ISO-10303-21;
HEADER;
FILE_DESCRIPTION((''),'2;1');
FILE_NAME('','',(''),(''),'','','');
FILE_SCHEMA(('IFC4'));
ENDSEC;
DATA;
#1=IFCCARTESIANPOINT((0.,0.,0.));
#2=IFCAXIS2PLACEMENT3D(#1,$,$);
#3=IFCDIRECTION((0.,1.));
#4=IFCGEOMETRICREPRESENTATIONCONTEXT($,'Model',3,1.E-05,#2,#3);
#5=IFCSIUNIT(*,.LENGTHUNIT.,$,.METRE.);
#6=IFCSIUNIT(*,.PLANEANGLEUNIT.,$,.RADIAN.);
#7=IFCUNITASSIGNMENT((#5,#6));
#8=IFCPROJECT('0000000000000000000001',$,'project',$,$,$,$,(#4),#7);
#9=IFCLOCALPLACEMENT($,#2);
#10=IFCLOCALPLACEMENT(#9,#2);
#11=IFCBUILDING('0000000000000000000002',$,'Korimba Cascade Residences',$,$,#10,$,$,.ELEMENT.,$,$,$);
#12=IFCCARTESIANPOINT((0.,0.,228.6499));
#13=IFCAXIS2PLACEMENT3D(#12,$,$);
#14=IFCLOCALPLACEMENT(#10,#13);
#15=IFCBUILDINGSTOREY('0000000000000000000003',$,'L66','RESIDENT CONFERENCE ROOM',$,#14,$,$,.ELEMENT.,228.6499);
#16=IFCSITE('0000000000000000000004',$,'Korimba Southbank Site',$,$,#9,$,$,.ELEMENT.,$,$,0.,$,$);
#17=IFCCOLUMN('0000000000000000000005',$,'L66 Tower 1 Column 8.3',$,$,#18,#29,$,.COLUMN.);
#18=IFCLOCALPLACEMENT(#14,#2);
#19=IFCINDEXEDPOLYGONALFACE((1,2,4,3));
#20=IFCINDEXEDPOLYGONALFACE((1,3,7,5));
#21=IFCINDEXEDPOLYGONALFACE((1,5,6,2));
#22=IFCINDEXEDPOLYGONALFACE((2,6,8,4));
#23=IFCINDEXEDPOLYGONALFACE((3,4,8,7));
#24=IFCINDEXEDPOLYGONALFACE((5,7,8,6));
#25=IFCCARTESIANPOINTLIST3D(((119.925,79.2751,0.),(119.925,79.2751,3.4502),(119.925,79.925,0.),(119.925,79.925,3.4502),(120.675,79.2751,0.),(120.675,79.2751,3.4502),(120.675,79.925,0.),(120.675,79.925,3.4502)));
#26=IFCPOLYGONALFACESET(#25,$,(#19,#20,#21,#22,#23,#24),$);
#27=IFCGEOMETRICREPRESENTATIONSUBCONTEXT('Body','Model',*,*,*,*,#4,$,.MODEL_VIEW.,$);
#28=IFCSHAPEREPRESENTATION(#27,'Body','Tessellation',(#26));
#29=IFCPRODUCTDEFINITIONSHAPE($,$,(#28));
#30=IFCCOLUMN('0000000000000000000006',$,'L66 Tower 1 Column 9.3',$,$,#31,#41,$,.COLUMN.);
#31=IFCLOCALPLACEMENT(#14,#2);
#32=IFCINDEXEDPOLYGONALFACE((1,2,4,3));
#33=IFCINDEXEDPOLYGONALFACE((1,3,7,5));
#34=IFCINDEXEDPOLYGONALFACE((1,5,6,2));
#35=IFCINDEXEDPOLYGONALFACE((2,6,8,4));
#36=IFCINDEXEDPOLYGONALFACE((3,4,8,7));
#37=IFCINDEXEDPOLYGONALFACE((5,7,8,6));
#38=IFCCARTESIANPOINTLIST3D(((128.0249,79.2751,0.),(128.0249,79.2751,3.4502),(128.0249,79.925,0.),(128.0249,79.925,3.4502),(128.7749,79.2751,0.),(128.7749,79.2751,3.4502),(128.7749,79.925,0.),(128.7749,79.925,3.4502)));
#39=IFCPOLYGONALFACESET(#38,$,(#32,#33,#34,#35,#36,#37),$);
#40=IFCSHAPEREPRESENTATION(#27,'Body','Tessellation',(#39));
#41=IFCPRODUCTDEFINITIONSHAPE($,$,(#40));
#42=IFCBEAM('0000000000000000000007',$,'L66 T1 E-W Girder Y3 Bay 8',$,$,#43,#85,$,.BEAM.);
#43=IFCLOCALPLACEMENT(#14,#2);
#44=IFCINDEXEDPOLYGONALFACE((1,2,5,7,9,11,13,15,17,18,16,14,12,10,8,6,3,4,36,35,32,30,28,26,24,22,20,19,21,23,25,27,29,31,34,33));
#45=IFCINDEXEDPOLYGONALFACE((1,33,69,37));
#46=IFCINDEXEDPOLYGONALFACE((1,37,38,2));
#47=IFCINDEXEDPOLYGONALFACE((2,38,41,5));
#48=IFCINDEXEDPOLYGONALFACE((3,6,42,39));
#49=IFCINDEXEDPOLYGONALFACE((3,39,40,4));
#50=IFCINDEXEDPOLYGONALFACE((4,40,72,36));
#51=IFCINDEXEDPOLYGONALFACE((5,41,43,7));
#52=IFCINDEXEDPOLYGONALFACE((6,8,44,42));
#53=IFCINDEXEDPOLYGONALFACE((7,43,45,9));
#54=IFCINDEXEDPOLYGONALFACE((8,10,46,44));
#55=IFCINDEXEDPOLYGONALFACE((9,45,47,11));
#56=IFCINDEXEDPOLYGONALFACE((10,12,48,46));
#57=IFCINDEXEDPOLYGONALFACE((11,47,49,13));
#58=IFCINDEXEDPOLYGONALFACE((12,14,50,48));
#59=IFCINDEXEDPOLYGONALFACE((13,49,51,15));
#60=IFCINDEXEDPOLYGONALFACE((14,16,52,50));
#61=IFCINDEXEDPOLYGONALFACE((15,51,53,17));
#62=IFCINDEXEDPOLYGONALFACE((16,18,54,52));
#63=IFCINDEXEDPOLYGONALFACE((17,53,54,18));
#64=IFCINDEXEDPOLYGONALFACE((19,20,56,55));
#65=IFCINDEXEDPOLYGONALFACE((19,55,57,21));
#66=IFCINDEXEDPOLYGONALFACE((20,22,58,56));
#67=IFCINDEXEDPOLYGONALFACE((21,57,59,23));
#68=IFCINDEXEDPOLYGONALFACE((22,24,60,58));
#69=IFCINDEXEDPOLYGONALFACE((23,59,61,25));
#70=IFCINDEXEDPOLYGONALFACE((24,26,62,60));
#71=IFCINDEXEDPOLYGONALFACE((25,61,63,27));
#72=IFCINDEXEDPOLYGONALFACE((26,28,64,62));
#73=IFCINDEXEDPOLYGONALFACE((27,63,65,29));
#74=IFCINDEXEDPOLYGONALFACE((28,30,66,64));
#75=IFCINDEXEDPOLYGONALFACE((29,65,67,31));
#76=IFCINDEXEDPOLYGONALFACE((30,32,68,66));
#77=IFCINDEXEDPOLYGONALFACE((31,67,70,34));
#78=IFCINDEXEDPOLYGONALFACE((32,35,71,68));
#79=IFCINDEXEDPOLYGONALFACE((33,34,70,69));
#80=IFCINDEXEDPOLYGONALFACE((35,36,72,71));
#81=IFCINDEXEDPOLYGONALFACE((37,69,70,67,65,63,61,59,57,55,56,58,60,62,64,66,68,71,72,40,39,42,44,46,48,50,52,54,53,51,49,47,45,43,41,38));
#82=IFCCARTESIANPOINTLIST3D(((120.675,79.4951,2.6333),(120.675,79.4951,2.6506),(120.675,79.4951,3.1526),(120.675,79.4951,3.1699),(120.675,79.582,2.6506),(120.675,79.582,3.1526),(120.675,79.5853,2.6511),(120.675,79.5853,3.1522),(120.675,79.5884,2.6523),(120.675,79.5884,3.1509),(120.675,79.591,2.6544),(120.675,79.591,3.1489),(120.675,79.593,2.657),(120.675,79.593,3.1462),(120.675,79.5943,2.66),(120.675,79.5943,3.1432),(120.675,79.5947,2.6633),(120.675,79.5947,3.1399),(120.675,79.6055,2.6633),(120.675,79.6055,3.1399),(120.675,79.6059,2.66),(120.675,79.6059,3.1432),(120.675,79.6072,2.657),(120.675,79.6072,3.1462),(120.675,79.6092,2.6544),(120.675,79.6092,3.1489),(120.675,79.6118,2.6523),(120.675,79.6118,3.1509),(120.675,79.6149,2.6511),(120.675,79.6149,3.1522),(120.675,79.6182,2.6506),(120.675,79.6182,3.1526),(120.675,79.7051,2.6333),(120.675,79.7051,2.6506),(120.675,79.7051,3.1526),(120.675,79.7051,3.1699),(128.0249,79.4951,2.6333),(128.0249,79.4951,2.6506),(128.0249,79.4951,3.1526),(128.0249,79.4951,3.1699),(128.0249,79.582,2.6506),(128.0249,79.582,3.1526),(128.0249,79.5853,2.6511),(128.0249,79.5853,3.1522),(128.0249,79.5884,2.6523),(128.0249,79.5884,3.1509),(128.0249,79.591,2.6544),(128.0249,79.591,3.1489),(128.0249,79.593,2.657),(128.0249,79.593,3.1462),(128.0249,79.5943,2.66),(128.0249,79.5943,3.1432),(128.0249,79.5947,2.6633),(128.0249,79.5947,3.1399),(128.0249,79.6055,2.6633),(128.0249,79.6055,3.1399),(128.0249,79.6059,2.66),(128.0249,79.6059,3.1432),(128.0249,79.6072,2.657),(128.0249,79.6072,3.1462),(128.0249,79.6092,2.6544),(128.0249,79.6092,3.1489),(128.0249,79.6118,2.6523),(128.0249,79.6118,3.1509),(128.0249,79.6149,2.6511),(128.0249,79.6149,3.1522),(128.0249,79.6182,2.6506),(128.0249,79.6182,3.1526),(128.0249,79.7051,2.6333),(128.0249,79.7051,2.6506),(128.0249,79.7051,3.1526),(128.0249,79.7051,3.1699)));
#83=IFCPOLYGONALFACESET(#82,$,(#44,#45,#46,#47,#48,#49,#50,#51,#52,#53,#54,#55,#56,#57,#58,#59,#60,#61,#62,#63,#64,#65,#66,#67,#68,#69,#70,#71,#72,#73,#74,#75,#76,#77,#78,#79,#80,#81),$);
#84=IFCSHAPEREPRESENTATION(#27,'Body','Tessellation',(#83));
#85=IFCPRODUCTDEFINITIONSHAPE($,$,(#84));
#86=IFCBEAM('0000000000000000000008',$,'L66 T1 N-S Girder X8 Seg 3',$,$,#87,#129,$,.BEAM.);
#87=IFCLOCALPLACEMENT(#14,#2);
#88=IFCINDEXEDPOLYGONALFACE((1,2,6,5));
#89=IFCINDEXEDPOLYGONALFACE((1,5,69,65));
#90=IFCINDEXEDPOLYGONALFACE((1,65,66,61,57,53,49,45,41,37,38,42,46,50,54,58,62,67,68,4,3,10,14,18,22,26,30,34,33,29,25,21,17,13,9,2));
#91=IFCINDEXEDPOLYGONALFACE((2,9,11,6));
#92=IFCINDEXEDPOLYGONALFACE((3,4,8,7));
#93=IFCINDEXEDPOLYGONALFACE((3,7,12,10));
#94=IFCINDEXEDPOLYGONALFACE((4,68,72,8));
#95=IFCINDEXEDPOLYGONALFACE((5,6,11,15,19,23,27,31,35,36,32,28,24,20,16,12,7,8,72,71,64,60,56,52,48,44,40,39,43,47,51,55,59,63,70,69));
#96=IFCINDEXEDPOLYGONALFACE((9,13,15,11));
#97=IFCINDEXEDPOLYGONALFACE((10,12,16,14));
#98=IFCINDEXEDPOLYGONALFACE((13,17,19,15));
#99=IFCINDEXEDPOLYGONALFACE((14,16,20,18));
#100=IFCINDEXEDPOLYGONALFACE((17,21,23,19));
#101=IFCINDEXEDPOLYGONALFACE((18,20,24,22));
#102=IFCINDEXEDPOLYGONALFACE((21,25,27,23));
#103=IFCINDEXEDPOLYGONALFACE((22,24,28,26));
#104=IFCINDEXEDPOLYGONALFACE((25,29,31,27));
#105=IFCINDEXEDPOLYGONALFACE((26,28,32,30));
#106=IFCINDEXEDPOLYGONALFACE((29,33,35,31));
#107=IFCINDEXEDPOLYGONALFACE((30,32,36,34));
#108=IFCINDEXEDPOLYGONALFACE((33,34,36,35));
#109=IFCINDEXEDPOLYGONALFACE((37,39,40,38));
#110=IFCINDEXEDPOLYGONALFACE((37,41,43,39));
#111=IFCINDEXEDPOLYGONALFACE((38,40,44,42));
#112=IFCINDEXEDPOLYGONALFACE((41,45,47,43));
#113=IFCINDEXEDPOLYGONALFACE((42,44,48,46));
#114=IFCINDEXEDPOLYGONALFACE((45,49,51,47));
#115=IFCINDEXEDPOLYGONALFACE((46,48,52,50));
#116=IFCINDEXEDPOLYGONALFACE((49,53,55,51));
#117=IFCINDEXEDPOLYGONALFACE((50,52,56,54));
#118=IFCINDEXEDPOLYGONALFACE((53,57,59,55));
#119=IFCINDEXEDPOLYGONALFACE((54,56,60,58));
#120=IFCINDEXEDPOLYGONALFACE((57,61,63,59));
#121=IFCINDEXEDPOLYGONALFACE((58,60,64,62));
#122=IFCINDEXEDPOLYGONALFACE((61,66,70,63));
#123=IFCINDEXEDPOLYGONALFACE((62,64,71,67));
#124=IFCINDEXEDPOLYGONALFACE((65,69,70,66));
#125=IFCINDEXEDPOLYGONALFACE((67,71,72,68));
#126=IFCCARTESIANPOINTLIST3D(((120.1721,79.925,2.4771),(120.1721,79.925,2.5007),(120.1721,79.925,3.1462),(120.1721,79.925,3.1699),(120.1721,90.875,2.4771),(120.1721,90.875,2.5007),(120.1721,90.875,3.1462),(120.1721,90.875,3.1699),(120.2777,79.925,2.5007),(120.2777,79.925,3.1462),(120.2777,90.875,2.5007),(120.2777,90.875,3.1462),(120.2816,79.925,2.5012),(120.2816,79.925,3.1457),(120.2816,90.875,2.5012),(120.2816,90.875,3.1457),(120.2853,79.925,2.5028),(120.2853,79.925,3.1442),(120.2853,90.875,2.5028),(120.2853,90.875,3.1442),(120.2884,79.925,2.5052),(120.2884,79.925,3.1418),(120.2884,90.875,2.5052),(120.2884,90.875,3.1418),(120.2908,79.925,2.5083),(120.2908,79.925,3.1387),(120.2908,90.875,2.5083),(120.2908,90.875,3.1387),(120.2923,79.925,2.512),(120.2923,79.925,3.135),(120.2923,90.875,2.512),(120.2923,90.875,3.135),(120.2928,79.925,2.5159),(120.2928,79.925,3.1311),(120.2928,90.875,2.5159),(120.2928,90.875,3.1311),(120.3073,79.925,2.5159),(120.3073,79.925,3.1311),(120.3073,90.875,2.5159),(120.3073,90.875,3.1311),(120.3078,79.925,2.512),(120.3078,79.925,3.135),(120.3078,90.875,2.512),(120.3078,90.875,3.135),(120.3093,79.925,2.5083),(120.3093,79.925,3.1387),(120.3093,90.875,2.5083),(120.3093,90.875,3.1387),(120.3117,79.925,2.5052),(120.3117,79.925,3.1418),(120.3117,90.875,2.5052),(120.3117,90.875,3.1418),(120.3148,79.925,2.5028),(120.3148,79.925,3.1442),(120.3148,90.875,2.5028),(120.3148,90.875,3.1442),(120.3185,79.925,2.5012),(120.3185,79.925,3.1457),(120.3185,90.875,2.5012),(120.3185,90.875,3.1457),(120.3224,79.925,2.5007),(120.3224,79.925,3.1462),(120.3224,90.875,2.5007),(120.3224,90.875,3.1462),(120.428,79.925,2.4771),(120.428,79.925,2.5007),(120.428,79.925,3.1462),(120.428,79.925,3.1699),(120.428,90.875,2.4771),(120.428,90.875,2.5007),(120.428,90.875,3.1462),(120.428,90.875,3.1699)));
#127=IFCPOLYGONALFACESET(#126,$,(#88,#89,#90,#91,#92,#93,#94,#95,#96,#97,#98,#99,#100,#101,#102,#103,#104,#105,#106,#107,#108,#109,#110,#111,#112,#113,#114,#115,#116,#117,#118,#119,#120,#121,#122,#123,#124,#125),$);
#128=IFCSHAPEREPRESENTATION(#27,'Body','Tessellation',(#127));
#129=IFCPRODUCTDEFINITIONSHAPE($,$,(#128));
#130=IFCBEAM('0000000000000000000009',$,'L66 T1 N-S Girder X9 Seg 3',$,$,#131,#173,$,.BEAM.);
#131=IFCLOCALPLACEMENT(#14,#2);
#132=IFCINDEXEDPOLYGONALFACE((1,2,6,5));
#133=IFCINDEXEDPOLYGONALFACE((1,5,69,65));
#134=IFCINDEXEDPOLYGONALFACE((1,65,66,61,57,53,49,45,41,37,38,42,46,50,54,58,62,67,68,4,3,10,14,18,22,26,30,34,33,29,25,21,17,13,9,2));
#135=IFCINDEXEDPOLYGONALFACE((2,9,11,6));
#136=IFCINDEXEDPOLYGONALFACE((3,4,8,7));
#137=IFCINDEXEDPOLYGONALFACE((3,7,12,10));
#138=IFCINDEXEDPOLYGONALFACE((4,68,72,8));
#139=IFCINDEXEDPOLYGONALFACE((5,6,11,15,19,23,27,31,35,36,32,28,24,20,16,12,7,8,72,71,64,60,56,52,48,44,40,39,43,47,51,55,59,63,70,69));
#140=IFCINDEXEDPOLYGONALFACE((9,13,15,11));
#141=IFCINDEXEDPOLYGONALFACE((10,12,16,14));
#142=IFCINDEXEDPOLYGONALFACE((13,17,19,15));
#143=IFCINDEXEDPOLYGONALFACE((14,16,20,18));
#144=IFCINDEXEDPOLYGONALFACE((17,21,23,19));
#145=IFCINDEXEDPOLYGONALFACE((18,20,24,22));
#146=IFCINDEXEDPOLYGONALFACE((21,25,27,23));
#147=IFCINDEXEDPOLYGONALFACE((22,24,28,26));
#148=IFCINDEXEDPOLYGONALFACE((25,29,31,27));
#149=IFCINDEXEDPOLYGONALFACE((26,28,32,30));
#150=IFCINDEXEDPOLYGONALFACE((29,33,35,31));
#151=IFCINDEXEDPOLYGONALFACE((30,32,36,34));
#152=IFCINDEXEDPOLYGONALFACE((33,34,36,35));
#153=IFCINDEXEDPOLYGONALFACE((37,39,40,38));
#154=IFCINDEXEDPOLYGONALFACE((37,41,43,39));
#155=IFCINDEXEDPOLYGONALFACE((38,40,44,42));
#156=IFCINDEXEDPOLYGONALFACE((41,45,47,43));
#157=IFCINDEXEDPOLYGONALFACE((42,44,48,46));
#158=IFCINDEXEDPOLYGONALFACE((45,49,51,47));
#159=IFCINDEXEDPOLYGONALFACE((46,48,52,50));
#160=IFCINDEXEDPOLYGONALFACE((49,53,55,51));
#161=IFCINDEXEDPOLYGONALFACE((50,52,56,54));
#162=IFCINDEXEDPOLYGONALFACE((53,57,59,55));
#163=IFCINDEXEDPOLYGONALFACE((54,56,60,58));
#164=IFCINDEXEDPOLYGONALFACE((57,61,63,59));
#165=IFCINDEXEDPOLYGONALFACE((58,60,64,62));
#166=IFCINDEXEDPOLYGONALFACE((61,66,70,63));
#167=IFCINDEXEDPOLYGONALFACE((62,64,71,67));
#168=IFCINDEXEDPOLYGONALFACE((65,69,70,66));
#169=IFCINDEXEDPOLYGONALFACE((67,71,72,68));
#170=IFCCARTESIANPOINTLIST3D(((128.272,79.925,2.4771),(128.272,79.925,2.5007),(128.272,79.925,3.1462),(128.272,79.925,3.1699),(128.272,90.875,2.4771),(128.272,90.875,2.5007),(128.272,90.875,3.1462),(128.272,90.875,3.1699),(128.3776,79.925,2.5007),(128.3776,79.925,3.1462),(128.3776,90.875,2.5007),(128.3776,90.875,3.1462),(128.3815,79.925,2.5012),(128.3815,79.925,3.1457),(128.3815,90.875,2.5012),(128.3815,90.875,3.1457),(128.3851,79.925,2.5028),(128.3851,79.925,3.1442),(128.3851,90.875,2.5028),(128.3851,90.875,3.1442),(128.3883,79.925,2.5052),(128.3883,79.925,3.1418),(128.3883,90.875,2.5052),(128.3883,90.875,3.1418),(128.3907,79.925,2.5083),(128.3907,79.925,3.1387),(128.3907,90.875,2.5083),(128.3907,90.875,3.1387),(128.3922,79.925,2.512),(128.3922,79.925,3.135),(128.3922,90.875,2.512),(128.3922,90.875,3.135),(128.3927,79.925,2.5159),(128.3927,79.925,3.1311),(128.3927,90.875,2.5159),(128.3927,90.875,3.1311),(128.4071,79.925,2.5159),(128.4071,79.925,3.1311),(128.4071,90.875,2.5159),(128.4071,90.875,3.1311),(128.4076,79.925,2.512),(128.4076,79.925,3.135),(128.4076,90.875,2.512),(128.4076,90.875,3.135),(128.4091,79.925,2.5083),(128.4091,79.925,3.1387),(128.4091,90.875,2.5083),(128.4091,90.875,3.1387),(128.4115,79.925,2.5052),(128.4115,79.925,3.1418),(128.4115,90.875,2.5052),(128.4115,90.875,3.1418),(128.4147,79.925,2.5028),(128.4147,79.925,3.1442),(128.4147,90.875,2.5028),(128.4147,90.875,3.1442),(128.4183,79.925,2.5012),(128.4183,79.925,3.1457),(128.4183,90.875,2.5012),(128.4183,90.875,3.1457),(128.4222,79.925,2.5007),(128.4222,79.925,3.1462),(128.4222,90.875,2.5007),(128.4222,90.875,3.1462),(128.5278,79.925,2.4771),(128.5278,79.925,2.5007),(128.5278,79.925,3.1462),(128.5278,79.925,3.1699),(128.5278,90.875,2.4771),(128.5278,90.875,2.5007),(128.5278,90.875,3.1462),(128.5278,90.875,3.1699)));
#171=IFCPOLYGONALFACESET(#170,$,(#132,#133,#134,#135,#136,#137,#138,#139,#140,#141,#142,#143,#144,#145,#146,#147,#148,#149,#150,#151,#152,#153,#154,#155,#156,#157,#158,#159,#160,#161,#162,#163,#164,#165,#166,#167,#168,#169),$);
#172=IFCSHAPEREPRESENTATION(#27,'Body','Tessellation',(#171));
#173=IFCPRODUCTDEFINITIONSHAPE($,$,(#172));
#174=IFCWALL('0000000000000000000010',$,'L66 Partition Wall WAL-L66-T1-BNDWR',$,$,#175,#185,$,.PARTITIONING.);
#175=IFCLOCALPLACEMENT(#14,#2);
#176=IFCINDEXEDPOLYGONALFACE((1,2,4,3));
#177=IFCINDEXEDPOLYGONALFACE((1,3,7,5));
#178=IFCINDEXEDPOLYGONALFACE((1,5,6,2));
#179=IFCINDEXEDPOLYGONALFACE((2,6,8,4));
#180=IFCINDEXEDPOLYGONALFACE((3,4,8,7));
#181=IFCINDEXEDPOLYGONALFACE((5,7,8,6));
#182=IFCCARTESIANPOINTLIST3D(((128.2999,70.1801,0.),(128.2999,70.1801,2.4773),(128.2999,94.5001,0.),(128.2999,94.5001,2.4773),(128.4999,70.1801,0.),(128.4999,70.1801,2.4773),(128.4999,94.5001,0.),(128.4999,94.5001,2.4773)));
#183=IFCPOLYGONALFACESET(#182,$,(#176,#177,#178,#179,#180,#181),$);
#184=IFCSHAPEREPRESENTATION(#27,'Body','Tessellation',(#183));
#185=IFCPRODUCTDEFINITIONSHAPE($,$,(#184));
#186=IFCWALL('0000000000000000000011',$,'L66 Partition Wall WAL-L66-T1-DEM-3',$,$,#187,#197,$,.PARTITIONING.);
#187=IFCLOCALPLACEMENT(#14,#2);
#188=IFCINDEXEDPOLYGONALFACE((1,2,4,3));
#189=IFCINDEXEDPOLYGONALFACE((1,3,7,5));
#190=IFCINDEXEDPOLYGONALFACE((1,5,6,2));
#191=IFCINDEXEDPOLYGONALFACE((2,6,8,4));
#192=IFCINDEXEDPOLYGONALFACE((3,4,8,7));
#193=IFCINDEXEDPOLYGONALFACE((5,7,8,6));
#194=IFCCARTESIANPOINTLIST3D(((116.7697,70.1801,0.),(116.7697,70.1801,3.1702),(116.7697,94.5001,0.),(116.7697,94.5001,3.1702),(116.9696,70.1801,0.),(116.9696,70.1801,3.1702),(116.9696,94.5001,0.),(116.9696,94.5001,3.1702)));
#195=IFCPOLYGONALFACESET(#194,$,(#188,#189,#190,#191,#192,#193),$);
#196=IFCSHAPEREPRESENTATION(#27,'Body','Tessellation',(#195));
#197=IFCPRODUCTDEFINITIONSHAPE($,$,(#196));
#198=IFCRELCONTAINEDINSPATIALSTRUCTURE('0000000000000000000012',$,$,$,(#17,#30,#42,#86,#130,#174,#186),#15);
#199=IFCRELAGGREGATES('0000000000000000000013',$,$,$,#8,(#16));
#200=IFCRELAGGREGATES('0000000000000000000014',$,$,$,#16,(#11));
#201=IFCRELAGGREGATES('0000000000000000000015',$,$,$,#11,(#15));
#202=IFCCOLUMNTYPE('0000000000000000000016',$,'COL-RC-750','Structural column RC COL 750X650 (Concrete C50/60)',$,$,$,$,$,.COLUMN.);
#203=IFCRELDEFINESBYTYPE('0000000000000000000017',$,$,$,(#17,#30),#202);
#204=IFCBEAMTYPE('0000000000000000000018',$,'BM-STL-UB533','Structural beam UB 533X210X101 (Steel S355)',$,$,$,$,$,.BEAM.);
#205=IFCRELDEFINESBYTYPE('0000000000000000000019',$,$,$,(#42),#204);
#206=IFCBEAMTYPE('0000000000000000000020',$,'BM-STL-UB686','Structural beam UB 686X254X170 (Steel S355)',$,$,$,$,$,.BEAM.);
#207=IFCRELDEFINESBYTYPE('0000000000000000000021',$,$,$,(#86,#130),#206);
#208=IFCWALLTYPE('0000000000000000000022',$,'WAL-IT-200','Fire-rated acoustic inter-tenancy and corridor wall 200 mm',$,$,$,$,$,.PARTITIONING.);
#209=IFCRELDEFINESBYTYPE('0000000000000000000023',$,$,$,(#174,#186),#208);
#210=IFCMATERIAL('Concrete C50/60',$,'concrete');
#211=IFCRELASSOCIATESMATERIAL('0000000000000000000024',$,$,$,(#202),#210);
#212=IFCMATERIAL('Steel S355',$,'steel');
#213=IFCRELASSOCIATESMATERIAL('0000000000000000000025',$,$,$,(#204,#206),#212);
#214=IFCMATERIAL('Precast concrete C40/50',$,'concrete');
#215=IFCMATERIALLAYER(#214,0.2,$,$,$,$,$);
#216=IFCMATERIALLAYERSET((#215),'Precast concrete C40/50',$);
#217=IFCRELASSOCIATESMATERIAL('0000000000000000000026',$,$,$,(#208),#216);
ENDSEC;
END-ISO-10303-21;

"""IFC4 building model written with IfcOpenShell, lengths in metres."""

from ifc_helpers import new_model, si_unit, direction, frame, frame_2d, origin, origin_2d, place, context, subcontext, project, spatial, rectangle, i_section, extrude, material, layer, layer_set, material_profile, profile_set, type_object, element, save


model = new_model("IFC4")

# Units and contexts
model_context = context("Model", 3, precision=1e-05, world=origin(), true_north=direction((0.0, 1.0)))
body_context = subcontext(model_context, "Body", "Model", "MODEL_VIEW")
ifc_project = project(units=[si_unit("LENGTHUNIT", "METRE"), si_unit("PLANEANGLEUNIT", "RADIAN")], contexts=[model_context])

# Site, building, storey
site_placement = place(None, origin())
site = spatial("IfcSite", under=ifc_project, at=site_placement, Name="Korimba Southbank Site", CompositionType="ELEMENT", RefElevation=0.0)
building_placement = place(site_placement, origin())
building = spatial("IfcBuilding", under=site, at=building_placement, Name="Korimba Cascade Residences", CompositionType="ELEMENT")
storey_placement = place(building_placement, frame((0.0, 0.0, 228.6499)))
storey = spatial("IfcBuildingStorey", under=building, at=storey_placement, Name="L66", Description="RESIDENT CONFERENCE ROOM", CompositionType="ELEMENT", Elevation=228.6499)

# Columns
ifc_material_1 = material(Name="Concrete C50/60", Category="concrete")
ifc_material_profile_1 = material_profile(ifc_material_1, rectangle(XDim=0.75, YDim=0.6499, at=origin_2d()), Name="Concrete C50/60")
ifc_profile_set_1 = profile_set([ifc_material_profile_1], Name="Concrete C50/60")
column_type = type_object("IfcColumnType", Name="COL-RC-750", Description="Structural column RC COL 750X650 (Concrete C50/60)", PredefinedType="COLUMN", material=ifc_profile_set_1)
for number, where, z_axis, x_axis, name in (
    (1, (120.3, 79.6001, 0.0), (0.0, 0.0, 1.0), (1.0, 0.0, 0.0), "L66 Tower 1 Column 8.3"),
    (2, (128.3999, 79.6001, 0.0), (0.0, 0.0, 1.0), (1.0, 0.0, 0.0), "L66 Tower 1 Column 9.3"),
):
    element("IfcColumn", number, at=place(storey_placement, frame(where, z_axis=z_axis, x_axis=x_axis)), inside=storey, type_object=column_type, Name=name, PredefinedType="COLUMN", context=body_context, shape_type="SweptSolid", body=[
        extrude(rectangle(XDim=0.75, YDim=0.6499, at=origin_2d()), origin(), (0.0, 0.0, 1.0), 3.4502),
    ])

# Beams
ifc_material_2 = material(Name="Steel S355", Category="steel")
ifc_material_profile_2 = material_profile(ifc_material_2, i_section(OverallWidth=0.21, OverallDepth=0.5366, WebThickness=0.0107, FlangeThickness=0.0173, FilletRadius=0.0127, at=origin_2d()), Name="Steel S355")
ifc_profile_set_2 = profile_set([ifc_material_profile_2], Name="Steel S355")
beam_type_1 = type_object("IfcBeamType", Name="BM-STL-UB533", Description="Structural beam UB 533X210X101 (Steel S355)", PredefinedType="BEAM", material=ifc_profile_set_2)
beam_placement = place(storey_placement, frame((120.675, 79.6001, 2.9016), z_axis=(1.0, 0.0, 0.0), x_axis=(0.0, 1.0, 0.0)))
element("IfcBeam", 3, at=beam_placement, inside=storey, type_object=beam_type_1, Name="L66 T1 E-W Girder Y3 Bay 8", PredefinedType="BEAM", context=body_context, shape_type="SweptSolid", body=[
    extrude(i_section(OverallWidth=0.21, OverallDepth=0.5366, WebThickness=0.0107, FlangeThickness=0.0173, FilletRadius=0.0127, at=origin_2d()), origin(), (0.0, 0.0, 1.0), 7.3499),
])
ifc_material_profile_3 = material_profile(ifc_material_2, i_section(OverallWidth=0.2559, OverallDepth=0.6929, WebThickness=0.0144, FlangeThickness=0.0237, FilletRadius=0.0151, at=origin_2d()), Name="Steel S355")
ifc_profile_set_3 = profile_set([ifc_material_profile_3], Name="Steel S355")
beam_type_2 = type_object("IfcBeamType", Name="BM-STL-UB686", Description="Structural beam UB 686X254X170 (Steel S355)", PredefinedType="BEAM", material=ifc_profile_set_3)
for number, where, z_axis, x_axis, name in (
    (4, (120.3, 79.925, 2.8235), (0.0, 1.0, 0.0), (-1.0, 0.0, 0.0), "L66 T1 N-S Girder X8 Seg 3"),
    (5, (128.3999, 79.925, 2.8235), (0.0, 1.0, 0.0), (-1.0, 0.0, 0.0), "L66 T1 N-S Girder X9 Seg 3"),
):
    element("IfcBeam", number, at=place(storey_placement, frame(where, z_axis=z_axis, x_axis=x_axis)), inside=storey, type_object=beam_type_2, Name=name, PredefinedType="BEAM", context=body_context, shape_type="SweptSolid", body=[
        extrude(i_section(OverallWidth=0.2559, OverallDepth=0.6929, WebThickness=0.0144, FlangeThickness=0.0237, FilletRadius=0.0151, at=origin_2d()), origin(), (0.0, 0.0, 1.0), 10.95),
    ])

# Walls
ifc_material_3 = material(Name="Precast concrete C40/50", Category="concrete")
ifc_layer_1 = layer(ifc_material_3, 0.2)
ifc_layer_set_1 = layer_set([ifc_layer_1], Name="Precast concrete C40/50")
wall_type_1 = type_object("IfcWallType", Name="WAL-IT-200", Description="Fire-rated acoustic inter-tenancy and corridor wall 200 mm", PredefinedType="PARTITIONING", material=ifc_layer_set_1)
wall_1_placement = place(storey_placement, frame((128.3999, 70.1799, 0.0), z_axis=(0.0, 0.0, 1.0), x_axis=(0.0, 1.0, 0.0)))
element("IfcWall", 6, at=wall_1_placement, inside=storey, type_object=wall_type_1, Name="L66 Partition Wall WAL-L66-T1-BNDWR", PredefinedType="PARTITIONING", context=body_context, shape_type="SweptSolid", body=[
    extrude(rectangle(XDim=24.3201, YDim=0.2, at=frame_2d((12.1602, 0.0))), origin(), (0.0, 0.0, 1.0), 2.4773),
])
wall_2_placement = place(storey_placement, frame((116.8696, 70.1799, 0.0), z_axis=(0.0, 0.0, 1.0), x_axis=(0.0, 1.0, 0.0)))
element("IfcWall", 7, at=wall_2_placement, inside=storey, type_object=wall_type_1, Name="L66 Partition Wall WAL-L66-T1-DEM-3", PredefinedType="PARTITIONING", context=body_context, shape_type="SweptSolid", body=[
    extrude(rectangle(XDim=24.3201, YDim=0.2, at=frame_2d((12.1602, 0.0))), origin(), (0.0, 0.0, 1.0), 3.1702),
])

save(model, "model.ifc")
